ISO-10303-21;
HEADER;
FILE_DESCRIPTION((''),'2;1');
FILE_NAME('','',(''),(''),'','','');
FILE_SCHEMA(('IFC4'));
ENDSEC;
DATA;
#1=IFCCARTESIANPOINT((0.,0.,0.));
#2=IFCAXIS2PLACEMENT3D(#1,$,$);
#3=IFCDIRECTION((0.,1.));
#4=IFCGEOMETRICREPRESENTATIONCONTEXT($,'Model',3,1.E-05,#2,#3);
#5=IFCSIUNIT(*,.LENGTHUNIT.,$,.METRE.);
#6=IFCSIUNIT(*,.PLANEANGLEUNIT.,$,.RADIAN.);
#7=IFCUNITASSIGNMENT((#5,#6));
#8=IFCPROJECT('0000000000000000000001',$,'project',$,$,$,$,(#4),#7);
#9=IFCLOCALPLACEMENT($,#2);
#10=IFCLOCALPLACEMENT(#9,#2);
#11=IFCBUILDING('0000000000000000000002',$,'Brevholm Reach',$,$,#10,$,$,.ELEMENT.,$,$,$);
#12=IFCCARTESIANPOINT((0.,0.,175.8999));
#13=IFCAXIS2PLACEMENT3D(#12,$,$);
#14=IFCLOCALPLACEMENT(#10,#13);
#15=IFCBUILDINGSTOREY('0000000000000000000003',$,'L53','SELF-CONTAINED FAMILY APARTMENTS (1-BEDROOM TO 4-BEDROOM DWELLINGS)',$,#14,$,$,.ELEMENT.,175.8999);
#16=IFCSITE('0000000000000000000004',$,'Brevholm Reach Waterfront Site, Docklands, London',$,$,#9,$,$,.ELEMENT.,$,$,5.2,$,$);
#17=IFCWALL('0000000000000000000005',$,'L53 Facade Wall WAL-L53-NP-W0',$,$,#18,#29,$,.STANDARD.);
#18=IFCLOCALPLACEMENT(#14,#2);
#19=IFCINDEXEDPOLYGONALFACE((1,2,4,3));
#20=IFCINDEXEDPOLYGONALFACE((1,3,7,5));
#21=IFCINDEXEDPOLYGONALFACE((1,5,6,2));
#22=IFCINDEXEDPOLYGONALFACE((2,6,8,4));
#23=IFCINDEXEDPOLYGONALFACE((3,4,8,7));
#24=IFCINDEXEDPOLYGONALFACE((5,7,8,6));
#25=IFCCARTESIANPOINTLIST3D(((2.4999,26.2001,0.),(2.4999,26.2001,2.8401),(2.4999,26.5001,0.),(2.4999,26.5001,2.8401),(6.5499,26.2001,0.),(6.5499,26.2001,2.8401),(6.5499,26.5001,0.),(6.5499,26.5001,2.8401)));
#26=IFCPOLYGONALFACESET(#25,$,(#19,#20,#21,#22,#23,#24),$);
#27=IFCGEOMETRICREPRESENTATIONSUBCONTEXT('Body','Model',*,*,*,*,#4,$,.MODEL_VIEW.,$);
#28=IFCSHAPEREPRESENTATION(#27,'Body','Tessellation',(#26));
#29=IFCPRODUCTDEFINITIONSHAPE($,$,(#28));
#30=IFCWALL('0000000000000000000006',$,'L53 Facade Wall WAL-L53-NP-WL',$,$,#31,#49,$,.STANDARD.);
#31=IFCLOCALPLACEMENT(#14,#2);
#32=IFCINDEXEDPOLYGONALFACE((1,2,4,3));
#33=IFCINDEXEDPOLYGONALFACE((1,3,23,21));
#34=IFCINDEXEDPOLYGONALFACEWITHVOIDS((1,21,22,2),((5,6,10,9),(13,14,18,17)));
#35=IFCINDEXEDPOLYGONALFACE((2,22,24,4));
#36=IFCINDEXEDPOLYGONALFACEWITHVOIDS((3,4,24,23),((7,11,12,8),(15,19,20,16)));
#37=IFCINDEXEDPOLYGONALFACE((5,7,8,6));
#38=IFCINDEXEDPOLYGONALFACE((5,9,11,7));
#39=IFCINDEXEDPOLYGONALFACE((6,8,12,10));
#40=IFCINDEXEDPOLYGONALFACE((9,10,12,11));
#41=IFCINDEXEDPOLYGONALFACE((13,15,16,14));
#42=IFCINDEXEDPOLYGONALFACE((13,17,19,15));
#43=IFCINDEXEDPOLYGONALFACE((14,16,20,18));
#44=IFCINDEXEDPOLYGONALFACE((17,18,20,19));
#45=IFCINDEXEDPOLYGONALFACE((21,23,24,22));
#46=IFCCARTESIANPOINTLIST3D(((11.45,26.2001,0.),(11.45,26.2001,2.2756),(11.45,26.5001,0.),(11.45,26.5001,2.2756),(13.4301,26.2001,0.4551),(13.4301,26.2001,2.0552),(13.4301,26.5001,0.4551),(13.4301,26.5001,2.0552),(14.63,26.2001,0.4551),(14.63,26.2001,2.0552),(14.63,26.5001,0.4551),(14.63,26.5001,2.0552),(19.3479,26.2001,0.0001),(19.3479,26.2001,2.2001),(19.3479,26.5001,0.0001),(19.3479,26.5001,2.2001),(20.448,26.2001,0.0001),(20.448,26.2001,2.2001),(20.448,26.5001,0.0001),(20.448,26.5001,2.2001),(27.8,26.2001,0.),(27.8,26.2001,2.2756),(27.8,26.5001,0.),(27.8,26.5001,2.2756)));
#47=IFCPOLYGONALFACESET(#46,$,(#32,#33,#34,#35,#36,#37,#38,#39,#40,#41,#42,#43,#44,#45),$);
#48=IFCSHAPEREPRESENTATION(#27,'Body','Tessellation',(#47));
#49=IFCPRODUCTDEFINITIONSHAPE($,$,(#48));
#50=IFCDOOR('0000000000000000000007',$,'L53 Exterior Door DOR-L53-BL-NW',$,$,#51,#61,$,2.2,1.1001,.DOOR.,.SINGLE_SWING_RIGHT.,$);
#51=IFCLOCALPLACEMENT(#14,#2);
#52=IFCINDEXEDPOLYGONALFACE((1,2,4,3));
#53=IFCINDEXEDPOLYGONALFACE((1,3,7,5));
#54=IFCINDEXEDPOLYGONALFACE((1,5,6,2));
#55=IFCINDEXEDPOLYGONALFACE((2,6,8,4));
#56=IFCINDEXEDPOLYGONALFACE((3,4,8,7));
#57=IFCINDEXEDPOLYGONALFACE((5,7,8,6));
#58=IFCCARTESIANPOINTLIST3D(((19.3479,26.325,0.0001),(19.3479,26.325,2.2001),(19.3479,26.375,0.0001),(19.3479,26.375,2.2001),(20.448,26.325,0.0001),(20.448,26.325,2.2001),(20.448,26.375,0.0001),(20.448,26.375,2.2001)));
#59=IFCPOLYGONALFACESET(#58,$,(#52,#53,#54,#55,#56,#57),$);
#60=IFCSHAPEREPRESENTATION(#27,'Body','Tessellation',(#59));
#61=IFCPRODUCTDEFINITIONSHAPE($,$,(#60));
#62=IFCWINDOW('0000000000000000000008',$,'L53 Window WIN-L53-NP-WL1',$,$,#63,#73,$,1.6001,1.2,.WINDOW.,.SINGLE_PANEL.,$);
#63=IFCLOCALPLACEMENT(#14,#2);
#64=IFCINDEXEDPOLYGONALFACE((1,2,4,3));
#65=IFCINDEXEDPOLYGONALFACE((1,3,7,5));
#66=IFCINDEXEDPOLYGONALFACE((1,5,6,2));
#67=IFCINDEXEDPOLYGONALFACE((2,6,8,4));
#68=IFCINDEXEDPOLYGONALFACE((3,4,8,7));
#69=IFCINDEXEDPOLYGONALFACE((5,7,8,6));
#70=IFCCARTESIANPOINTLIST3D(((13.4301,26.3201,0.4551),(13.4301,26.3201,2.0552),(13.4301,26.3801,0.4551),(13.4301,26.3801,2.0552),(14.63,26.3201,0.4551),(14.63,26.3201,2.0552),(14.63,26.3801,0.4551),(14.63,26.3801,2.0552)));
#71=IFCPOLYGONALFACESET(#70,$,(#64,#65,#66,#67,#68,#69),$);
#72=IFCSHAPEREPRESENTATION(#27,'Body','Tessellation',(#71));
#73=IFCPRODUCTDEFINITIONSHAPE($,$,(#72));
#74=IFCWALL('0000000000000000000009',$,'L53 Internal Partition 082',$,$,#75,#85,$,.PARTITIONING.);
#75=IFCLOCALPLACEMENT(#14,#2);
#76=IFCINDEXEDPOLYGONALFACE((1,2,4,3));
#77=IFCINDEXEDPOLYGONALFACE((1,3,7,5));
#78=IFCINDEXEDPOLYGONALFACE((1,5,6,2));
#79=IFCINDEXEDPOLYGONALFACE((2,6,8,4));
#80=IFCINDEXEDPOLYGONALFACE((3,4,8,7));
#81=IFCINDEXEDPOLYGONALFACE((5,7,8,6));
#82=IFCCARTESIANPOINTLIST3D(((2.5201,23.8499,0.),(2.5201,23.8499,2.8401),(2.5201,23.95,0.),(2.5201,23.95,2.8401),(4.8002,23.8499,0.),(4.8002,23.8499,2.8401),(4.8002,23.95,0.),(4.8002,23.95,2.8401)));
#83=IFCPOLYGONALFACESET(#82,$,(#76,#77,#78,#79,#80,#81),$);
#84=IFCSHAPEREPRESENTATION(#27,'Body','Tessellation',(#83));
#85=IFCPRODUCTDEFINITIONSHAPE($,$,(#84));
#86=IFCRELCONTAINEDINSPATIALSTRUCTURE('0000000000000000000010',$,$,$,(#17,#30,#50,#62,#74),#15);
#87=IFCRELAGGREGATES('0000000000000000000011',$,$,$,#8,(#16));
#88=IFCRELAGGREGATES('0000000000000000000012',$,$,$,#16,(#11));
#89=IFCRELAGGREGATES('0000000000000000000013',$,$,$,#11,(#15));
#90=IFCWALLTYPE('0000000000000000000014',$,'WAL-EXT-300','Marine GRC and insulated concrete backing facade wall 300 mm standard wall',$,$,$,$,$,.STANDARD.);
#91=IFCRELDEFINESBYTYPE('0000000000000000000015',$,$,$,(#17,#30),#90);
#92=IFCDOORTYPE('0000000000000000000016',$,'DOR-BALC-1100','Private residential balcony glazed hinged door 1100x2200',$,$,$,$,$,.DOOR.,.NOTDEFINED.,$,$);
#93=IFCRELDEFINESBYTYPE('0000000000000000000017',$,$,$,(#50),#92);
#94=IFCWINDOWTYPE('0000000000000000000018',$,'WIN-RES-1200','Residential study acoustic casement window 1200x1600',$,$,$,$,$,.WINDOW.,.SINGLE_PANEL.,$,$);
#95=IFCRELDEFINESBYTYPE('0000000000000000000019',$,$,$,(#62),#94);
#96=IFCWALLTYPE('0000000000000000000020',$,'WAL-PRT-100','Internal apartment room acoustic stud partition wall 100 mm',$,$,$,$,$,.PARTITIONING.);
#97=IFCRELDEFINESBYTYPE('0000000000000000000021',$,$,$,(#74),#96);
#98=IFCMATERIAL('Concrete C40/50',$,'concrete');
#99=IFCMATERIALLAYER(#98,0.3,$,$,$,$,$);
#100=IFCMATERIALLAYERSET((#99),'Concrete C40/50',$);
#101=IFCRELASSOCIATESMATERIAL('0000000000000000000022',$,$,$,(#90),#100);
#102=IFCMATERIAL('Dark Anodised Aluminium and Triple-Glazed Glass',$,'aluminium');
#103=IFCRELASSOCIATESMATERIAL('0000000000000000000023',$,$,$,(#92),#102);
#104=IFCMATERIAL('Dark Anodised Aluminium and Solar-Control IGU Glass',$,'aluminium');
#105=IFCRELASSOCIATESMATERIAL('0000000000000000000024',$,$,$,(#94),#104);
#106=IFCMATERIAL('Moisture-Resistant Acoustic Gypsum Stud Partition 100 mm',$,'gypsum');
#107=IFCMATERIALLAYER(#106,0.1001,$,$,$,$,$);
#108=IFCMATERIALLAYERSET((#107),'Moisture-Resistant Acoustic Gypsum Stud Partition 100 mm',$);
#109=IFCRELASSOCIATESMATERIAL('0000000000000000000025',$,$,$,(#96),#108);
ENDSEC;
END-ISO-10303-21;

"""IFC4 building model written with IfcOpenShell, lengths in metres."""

from ifc_helpers import new_model, si_unit, direction, frame, frame_2d, origin, place, context, subcontext, project, spatial, rectangle, extrude, material, layer, layer_set, type_object, element, fill, save


model = new_model("IFC4")

# Units and contexts
model_context = context("Model", 3, precision=1e-05, world=origin(), true_north=direction((0.0, 1.0)))
body_context = subcontext(model_context, "Body", "Model", "MODEL_VIEW")
ifc_project = project(units=[si_unit("LENGTHUNIT", "METRE"), si_unit("PLANEANGLEUNIT", "RADIAN")], contexts=[model_context])

# Site, building, storey
site_placement = place(None, origin())
site = spatial("IfcSite", under=ifc_project, at=site_placement, Name="Brevholm Reach Waterfront Site, Docklands, London", CompositionType="ELEMENT", RefElevation=5.2)
building_placement = place(site_placement, origin())
building = spatial("IfcBuilding", under=site, at=building_placement, Name="Brevholm Reach", CompositionType="ELEMENT")
storey_placement = place(building_placement, frame((0.0, 0.0, 175.8999)))
storey = spatial("IfcBuildingStorey", under=building, at=storey_placement, Name="L53", Description="SELF-CONTAINED FAMILY APARTMENTS (1-BEDROOM TO 4-BEDROOM DWELLINGS)", CompositionType="ELEMENT", Elevation=175.8999)

# Wall
ifc_material_1 = material(Name="Concrete C40/50", Category="concrete")
ifc_layer_1 = layer(ifc_material_1, 0.3)
ifc_layer_set_1 = layer_set([ifc_layer_1], Name="Concrete C40/50")
wall_type_1 = type_object("IfcWallType", Name="WAL-EXT-300", Description="Marine GRC and insulated concrete backing facade wall 300 mm standard wall", PredefinedType="STANDARD", material=ifc_layer_set_1)
wall_1_placement = place(storey_placement, frame((2.5, 26.3501, 0.0), z_axis=(0.0, 0.0, 1.0), x_axis=(1.0, 0.0, 0.0)))
element("IfcWall", 1, at=wall_1_placement, inside=storey, type_object=wall_type_1, Name="L53 Facade Wall WAL-L53-NP-W0", PredefinedType="STANDARD", context=body_context, shape_type="SweptSolid", body=[
    extrude(rectangle(XDim=4.05, YDim=0.3, at=frame_2d((2.0249, 0.0))), origin(), (0.0, 0.0, 1.0), 2.8401),
])

# Wall, openings, door, window
wall_2_placement = place(storey_placement, frame((11.45, 26.3501, 0.0), z_axis=(0.0, 0.0, 1.0), x_axis=(1.0, 0.0, 0.0)))
wall_2 = element("IfcWall", 2, at=wall_2_placement, inside=storey, type_object=wall_type_1, Name="L53 Facade Wall WAL-L53-NP-WL", PredefinedType="STANDARD", context=body_context, shape_type="SweptSolid", body=[
    extrude(rectangle(XDim=16.3501, YDim=0.3, at=frame_2d((8.175, 0.0))), origin(), (0.0, 0.0, 1.0), 2.2756),
])
opening_1_placement = place(wall_2_placement, frame((7.8979, 0.0, 0.0)))
opening_1 = element("IfcOpeningElement", 3, at=opening_1_placement, cuts=wall_2, PredefinedType="OPENING", context=body_context, shape_type="SweptSolid", body=[
    extrude(rectangle(XDim=1.1001, YDim=2.2, at=frame_2d((0.55, 1.1001))), frame((0.0, 0.1599, 0.0), z_axis=(0.0, -1.0, 0.0), x_axis=(1.0, 0.0, 0.0)), (0.0, 0.0, 1.0), 0.3201),
])
opening_2_placement = place(wall_2_placement, frame((1.98, 0.0, 0.4551)))
opening_2 = element("IfcOpeningElement", 4, at=opening_2_placement, cuts=wall_2, PredefinedType="OPENING", context=body_context, shape_type="SweptSolid", body=[
    extrude(rectangle(XDim=1.2, YDim=1.6001, at=frame_2d((0.6001, 0.8))), frame((0.0, 0.1599, 0.0), z_axis=(0.0, -1.0, 0.0), x_axis=(1.0, 0.0, 0.0)), (0.0, 0.0, 1.0), 0.3201),
])
ifc_material_2 = material(Name="Dark Anodised Aluminium and Triple-Glazed Glass", Category="aluminium")
door_type = type_object("IfcDoorType", Name="DOR-BALC-1100", Description="Private residential balcony glazed hinged door 1100x2200", OperationType="NOTDEFINED", PredefinedType="DOOR", material=ifc_material_2)
door_placement = place(opening_1_placement, origin())
door = element("IfcDoor", 5, at=door_placement, inside=storey, type_object=door_type, Name="L53 Exterior Door DOR-L53-BL-NW", OperationType="SINGLE_SWING_RIGHT", OverallHeight=2.2, OverallWidth=1.1001, PredefinedType="DOOR", context=body_context, shape_type="SweptSolid", body=[
    extrude(rectangle(XDim=1.1001, YDim=2.2, at=frame_2d((0.55, 1.1001))), frame((0.0, 0.0249, 0.0), z_axis=(0.0, -1.0, 0.0), x_axis=(1.0, 0.0, 0.0)), (0.0, 0.0, 1.0), 0.05),
])
fill(opening_1, door)
ifc_material_3 = material(Name="Dark Anodised Aluminium and Solar-Control IGU Glass", Category="aluminium")
window_type = type_object("IfcWindowType", Name="WIN-RES-1200", Description="Residential study acoustic casement window 1200x1600", PartitioningType="SINGLE_PANEL", PredefinedType="WINDOW", material=ifc_material_3)
window_placement = place(opening_2_placement, origin())
window = element("IfcWindow", 6, at=window_placement, inside=storey, type_object=window_type, Name="L53 Window WIN-L53-NP-WL1", OverallHeight=1.6001, OverallWidth=1.2, PartitioningType="SINGLE_PANEL", PredefinedType="WINDOW", context=body_context, shape_type="SweptSolid", body=[
    extrude(rectangle(XDim=1.2, YDim=1.6001, at=frame_2d((0.6001, 0.8))), frame((0.0, 0.03, 0.0), z_axis=(0.0, -1.0, 0.0), x_axis=(1.0, 0.0, 0.0)), (0.0, 0.0, 1.0), 0.0601),
])
fill(opening_2, window)

# Wall
ifc_material_4 = material(Name="Moisture-Resistant Acoustic Gypsum Stud Partition 100 mm", Category="gypsum")
ifc_layer_2 = layer(ifc_material_4, 0.1001)
ifc_layer_set_2 = layer_set([ifc_layer_2], Name="Moisture-Resistant Acoustic Gypsum Stud Partition 100 mm")
wall_type_2 = type_object("IfcWallType", Name="WAL-PRT-100", Description="Internal apartment room acoustic stud partition wall 100 mm", PredefinedType="PARTITIONING", material=ifc_layer_set_2)
wall_3_placement = place(storey_placement, frame((2.52, 23.8999, 0.0), z_axis=(0.0, 0.0, 1.0), x_axis=(1.0, 0.0, 0.0)))
element("IfcWall", 7, at=wall_3_placement, inside=storey, type_object=wall_type_2, Name="L53 Internal Partition 082", PredefinedType="PARTITIONING", context=body_context, shape_type="SweptSolid", body=[
    extrude(rectangle(XDim=2.28, YDim=0.1001, at=frame_2d((1.1401, 0.0))), origin(), (0.0, 0.0, 1.0), 2.8401),
])

save(model, "model.ifc")
